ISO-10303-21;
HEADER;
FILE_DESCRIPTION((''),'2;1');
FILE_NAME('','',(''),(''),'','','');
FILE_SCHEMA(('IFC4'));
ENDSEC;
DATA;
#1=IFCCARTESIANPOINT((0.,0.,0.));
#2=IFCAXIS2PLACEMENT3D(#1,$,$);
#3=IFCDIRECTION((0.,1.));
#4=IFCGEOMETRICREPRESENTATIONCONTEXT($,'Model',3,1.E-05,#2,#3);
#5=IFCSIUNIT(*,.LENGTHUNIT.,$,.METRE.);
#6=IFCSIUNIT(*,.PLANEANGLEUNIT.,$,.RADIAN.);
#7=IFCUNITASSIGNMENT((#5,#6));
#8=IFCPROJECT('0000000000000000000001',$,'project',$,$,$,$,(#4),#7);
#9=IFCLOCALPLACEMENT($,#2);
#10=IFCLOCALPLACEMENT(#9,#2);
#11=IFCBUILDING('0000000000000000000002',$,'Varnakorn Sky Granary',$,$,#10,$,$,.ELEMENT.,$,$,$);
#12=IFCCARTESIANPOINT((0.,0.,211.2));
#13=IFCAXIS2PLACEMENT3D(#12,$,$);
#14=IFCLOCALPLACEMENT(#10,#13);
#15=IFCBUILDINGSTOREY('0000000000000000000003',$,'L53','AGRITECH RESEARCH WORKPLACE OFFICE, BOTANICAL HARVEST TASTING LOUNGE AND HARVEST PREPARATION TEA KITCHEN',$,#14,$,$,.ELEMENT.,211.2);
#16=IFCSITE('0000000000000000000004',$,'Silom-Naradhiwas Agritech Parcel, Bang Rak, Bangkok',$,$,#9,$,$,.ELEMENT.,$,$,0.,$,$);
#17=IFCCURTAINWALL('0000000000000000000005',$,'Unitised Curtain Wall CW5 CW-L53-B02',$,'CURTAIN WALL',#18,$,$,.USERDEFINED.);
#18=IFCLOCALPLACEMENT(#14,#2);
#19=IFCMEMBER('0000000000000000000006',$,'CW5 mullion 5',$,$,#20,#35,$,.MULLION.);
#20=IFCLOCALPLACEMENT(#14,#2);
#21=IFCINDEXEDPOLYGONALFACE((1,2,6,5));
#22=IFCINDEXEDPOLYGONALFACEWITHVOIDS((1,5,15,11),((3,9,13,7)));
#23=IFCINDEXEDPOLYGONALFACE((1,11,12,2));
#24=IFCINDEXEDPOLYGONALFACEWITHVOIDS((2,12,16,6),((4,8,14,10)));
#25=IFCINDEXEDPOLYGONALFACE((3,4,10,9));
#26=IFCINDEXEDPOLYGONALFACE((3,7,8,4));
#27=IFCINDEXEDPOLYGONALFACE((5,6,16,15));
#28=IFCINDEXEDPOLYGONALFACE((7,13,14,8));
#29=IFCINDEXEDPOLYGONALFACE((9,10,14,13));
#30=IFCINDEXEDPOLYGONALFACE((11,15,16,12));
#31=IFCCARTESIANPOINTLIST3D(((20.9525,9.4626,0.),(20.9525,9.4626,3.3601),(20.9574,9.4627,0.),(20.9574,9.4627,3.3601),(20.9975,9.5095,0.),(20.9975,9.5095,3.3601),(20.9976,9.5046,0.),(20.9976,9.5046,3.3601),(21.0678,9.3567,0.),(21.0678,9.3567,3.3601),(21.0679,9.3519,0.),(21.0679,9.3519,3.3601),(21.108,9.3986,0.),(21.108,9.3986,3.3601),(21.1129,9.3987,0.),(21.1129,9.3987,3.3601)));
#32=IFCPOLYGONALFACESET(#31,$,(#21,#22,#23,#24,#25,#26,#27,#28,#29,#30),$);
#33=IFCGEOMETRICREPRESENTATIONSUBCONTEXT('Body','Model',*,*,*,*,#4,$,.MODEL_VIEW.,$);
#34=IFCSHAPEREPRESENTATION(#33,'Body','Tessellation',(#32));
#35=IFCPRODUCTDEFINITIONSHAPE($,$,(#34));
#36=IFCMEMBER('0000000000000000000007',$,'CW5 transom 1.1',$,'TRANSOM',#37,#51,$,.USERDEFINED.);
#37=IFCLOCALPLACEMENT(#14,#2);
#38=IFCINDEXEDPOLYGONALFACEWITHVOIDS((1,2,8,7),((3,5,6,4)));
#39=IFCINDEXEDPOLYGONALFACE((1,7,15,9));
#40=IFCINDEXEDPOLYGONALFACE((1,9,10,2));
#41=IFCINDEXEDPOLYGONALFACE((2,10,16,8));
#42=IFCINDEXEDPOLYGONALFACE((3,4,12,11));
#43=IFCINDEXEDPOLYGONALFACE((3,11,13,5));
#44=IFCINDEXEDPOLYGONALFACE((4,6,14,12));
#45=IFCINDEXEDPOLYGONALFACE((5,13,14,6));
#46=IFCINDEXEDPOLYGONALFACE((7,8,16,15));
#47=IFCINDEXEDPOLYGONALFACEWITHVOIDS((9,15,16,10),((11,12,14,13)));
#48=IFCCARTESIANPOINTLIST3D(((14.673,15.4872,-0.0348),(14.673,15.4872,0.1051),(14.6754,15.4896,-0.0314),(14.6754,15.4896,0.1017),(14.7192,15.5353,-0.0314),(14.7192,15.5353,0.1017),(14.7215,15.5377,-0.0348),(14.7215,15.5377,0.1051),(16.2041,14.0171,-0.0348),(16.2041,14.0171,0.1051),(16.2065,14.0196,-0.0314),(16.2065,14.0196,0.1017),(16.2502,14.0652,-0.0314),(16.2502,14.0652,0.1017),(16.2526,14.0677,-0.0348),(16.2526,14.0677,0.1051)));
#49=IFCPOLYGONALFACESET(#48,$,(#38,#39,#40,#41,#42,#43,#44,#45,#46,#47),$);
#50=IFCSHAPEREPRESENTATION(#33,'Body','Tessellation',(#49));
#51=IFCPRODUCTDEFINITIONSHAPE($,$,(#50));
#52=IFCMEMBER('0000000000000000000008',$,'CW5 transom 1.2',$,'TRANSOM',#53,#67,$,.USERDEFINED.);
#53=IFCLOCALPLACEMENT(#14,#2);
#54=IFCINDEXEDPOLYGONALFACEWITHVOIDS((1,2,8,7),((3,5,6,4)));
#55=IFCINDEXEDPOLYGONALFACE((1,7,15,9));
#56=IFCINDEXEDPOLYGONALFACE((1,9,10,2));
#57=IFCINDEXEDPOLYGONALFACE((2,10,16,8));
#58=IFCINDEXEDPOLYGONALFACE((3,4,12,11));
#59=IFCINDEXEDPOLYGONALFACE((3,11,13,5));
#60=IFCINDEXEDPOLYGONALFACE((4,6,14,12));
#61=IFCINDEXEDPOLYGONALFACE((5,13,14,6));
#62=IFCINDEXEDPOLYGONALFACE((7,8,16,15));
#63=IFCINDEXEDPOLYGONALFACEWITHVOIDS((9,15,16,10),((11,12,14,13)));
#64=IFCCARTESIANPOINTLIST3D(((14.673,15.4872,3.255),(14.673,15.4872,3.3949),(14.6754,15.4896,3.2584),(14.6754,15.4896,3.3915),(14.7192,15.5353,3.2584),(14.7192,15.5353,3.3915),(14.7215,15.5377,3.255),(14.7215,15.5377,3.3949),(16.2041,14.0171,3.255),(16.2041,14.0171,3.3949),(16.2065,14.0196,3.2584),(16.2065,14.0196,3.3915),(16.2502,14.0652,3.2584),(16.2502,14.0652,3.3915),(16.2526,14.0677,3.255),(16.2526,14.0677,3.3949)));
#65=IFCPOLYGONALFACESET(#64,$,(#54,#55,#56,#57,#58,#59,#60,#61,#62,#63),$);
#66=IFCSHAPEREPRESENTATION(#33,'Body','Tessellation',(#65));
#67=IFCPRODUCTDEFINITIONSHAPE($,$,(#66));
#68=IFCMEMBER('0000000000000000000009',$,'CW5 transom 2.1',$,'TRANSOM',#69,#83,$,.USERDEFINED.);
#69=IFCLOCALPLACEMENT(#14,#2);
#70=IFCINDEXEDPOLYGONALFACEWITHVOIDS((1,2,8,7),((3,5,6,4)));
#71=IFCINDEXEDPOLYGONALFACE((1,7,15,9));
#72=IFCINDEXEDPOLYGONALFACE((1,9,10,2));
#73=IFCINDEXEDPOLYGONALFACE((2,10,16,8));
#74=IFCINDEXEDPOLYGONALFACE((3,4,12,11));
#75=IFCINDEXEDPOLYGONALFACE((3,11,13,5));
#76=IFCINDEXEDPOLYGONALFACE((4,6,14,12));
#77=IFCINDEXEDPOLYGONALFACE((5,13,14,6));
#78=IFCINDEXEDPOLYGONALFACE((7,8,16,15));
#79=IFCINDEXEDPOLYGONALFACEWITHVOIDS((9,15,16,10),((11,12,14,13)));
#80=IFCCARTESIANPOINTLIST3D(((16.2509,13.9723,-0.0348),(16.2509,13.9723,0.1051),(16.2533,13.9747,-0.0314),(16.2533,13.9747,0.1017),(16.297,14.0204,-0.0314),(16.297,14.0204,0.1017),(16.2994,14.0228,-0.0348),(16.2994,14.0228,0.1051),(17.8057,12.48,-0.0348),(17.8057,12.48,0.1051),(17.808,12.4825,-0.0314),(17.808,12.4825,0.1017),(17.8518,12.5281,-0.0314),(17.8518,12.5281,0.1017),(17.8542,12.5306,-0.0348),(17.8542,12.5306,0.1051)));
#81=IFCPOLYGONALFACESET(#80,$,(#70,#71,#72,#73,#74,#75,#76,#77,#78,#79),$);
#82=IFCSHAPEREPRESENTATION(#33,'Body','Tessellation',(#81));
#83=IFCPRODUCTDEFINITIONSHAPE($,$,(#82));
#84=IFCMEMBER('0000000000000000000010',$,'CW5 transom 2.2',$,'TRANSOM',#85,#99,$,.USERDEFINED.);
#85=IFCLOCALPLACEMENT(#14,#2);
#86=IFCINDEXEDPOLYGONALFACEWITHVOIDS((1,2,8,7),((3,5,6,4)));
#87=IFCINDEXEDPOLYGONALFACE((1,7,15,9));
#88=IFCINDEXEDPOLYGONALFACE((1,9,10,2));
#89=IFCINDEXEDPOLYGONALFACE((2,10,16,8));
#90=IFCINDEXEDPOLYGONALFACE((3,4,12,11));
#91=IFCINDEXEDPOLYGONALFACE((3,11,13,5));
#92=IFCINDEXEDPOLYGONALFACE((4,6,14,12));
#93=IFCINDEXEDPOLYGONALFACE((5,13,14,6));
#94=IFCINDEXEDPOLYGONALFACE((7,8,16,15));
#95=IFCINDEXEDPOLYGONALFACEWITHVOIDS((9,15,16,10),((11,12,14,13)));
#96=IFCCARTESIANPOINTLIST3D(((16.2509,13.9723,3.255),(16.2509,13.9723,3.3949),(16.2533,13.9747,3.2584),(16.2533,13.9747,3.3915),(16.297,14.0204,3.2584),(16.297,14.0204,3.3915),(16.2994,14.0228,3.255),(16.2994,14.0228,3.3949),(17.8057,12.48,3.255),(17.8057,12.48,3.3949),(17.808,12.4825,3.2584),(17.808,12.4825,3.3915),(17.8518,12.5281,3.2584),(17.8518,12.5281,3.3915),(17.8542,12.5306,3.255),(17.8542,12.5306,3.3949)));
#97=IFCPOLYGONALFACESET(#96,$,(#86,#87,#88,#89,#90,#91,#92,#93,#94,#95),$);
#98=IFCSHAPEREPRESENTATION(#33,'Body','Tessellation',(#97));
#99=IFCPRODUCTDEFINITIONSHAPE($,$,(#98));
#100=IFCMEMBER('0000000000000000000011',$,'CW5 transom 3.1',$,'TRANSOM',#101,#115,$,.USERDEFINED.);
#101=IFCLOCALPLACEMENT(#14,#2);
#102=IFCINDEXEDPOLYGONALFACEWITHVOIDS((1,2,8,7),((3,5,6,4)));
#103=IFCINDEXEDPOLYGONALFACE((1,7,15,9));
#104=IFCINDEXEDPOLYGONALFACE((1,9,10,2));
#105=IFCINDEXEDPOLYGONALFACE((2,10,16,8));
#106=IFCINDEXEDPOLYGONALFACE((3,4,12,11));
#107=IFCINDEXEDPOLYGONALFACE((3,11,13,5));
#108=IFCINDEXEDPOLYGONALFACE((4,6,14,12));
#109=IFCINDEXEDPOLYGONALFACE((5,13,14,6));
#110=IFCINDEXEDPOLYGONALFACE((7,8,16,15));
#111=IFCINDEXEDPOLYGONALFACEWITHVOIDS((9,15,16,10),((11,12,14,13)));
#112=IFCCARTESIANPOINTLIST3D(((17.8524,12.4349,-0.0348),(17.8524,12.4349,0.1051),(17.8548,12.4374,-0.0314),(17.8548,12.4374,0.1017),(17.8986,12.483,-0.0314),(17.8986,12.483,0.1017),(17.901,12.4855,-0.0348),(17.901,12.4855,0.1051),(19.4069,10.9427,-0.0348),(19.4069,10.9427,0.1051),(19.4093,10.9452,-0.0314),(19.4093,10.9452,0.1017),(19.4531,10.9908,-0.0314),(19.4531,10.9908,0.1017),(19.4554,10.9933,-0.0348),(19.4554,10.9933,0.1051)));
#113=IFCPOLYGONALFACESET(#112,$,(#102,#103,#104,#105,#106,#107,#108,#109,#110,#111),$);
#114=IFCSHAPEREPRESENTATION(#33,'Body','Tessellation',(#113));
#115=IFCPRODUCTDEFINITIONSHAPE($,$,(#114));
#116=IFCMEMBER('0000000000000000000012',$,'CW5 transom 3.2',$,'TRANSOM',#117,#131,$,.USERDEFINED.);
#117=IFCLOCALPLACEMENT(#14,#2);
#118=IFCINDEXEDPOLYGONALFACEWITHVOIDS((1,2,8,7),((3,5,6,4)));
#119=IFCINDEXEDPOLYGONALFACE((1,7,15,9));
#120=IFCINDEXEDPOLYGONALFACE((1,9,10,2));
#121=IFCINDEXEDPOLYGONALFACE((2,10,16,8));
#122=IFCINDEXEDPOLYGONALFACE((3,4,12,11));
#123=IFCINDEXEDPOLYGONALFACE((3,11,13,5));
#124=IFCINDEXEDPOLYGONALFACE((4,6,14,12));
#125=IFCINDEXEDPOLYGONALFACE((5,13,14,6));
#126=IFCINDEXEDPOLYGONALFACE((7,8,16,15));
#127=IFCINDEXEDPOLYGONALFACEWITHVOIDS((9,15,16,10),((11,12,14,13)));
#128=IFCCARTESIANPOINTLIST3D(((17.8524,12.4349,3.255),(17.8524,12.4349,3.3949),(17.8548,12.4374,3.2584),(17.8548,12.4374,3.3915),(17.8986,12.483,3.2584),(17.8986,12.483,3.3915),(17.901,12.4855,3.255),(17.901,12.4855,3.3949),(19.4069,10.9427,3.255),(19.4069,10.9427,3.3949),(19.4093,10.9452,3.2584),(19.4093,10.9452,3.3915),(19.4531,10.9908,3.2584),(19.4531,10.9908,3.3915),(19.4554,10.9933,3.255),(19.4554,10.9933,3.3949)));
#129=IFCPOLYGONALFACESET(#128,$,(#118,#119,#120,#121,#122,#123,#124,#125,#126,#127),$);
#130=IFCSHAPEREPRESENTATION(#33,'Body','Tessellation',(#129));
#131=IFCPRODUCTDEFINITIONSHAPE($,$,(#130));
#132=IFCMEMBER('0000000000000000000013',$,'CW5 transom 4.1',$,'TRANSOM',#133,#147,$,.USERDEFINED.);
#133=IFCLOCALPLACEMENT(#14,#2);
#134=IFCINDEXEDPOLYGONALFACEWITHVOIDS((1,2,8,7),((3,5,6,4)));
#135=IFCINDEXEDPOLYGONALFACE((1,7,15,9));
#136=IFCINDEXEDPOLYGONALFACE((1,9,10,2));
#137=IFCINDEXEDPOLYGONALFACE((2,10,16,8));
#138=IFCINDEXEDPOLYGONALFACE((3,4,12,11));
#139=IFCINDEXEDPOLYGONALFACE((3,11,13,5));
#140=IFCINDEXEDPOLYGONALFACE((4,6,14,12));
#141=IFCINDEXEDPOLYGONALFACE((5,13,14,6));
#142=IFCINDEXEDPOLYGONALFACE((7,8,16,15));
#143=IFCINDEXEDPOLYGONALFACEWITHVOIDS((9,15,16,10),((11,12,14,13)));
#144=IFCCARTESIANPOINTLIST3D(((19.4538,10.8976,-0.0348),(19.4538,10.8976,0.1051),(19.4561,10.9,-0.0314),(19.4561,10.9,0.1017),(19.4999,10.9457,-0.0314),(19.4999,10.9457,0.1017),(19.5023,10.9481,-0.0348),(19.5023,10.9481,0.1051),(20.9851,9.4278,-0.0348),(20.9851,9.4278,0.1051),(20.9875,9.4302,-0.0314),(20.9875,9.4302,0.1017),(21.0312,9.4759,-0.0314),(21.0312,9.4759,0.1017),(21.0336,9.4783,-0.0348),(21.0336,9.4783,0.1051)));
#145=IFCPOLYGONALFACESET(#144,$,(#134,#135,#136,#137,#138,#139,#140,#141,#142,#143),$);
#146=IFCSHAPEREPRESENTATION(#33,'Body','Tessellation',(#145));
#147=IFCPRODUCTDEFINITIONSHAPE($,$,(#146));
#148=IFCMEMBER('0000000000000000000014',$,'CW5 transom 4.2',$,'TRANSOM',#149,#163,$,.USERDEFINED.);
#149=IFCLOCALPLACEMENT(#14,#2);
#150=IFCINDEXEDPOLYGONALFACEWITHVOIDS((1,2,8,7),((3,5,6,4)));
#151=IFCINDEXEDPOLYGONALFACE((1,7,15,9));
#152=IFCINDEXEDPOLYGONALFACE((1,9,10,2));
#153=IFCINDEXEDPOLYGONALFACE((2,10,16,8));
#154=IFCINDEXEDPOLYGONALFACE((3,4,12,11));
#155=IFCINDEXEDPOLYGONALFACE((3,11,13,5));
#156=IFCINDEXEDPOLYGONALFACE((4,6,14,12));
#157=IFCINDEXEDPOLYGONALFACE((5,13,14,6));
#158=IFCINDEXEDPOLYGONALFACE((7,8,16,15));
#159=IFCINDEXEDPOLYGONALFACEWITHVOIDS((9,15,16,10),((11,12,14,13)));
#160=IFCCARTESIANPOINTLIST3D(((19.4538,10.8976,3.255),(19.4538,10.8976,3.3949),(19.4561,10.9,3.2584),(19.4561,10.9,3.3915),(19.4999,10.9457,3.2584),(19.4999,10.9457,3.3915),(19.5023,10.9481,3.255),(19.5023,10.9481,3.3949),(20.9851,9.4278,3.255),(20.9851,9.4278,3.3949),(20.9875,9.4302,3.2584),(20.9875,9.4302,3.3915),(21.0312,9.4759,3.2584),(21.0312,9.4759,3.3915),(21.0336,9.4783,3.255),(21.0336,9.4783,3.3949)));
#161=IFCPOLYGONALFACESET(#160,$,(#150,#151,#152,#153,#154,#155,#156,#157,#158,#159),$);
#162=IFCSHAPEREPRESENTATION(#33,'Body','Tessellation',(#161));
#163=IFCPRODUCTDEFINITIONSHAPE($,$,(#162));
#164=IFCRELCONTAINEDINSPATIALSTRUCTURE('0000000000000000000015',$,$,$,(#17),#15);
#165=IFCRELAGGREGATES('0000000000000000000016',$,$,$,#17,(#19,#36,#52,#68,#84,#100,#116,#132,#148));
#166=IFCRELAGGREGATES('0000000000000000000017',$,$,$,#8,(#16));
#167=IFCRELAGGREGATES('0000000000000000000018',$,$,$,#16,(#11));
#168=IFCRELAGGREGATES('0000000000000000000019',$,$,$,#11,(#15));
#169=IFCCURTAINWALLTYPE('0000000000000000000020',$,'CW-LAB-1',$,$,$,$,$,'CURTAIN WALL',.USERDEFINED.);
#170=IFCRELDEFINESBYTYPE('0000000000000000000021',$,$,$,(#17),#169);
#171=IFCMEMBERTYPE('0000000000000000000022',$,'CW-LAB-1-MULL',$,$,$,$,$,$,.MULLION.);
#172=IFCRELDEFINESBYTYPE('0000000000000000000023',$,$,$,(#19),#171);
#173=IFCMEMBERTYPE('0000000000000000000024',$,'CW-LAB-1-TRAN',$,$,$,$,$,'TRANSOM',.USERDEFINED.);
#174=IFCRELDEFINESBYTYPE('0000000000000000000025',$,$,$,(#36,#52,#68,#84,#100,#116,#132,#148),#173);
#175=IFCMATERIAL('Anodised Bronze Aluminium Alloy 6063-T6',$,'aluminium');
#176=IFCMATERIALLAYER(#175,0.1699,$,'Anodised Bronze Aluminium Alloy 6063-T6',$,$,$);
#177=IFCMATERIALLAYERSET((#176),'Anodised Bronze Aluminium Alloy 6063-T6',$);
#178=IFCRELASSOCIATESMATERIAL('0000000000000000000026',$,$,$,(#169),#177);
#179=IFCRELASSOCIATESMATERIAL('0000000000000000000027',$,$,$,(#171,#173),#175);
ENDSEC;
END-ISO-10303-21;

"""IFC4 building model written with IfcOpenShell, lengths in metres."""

from ifc_helpers import new_model, si_unit, direction, frame, origin, origin_2d, place, context, subcontext, project, spatial, hollow_rectangle, extrude, material, layer, layer_set, material_profile, profile_set, type_object, element, aggregate, save


model = new_model("IFC4")

# Units and contexts
model_context = context("Model", 3, precision=1e-05, world=origin(), true_north=direction((0.0, 1.0)))
body_context = subcontext(model_context, "Body", "Model", "MODEL_VIEW")
ifc_project = project(units=[si_unit("LENGTHUNIT", "METRE"), si_unit("PLANEANGLEUNIT", "RADIAN")], contexts=[model_context])

# Site, building, storey
site_placement = place(None, origin())
site = spatial("IfcSite", under=ifc_project, at=site_placement, Name="Silom-Naradhiwas Agritech Parcel, Bang Rak, Bangkok", CompositionType="ELEMENT", RefElevation=0.0)
building_placement = place(site_placement, origin())
building = spatial("IfcBuilding", under=site, at=building_placement, Name="Varnakorn Sky Granary", CompositionType="ELEMENT")
storey_placement = place(building_placement, frame((0.0, 0.0, 211.2)))
storey = spatial("IfcBuildingStorey", under=building, at=storey_placement, Name="L53", Description="AGRITECH RESEARCH WORKPLACE OFFICE, BOTANICAL HARVEST TASTING LOUNGE AND HARVEST PREPARATION TEA KITCHEN", CompositionType="ELEMENT", Elevation=211.2)

# Curtain wall, members
ifc_material_1 = material(Name="Anodised Bronze Aluminium Alloy 6063-T6", Category="aluminium")
ifc_layer_1 = layer(ifc_material_1, 0.1699, Name="Anodised Bronze Aluminium Alloy 6063-T6")
ifc_layer_set_1 = layer_set([ifc_layer_1], Name="Anodised Bronze Aluminium Alloy 6063-T6")
curtain_wall_type = type_object("IfcCurtainWallType", Name="CW-LAB-1", ElementType="CURTAIN WALL", PredefinedType="USERDEFINED", material=ifc_layer_set_1)
curtain_wall_placement = place(storey_placement, origin())
curtain_wall = element("IfcCurtainWall", 1, at=curtain_wall_placement, inside=storey, type_object=curtain_wall_type, Name="Unitised Curtain Wall CW5 CW-L53-B02", ObjectType="CURTAIN WALL", PredefinedType="USERDEFINED")
ifc_material_profile_1 = material_profile(ifc_material_1, hollow_rectangle(XDim=0.0649, YDim=0.1599, WallThickness=0.0034, at=origin_2d()), Name="ALU MULL 65x160")
ifc_profile_set_1 = profile_set([ifc_material_profile_1], Name="Anodised Bronze Aluminium Alloy 6063-T6")
member_type_1 = type_object("IfcMemberType", Name="CW-LAB-1-MULL", PredefinedType="MULLION", material=ifc_profile_set_1)
member_1_placement = place(storey_placement, frame((21.0327, 9.4307, 0.0), z_axis=(0.0, 0.0, 1.0), x_axis=(0.692516, 0.721402, 0.0)))
member_1 = element("IfcMember", 2, at=member_1_placement, type_object=member_type_1, Name="CW5 mullion 5", PredefinedType="MULLION", context=body_context, shape_type="SweptSolid", body=[
    extrude(hollow_rectangle(XDim=0.0649, YDim=0.1599, WallThickness=0.0034, at=origin_2d()), origin(), (0.0, 0.0, 1.0), 3.3601),
])
ifc_material_profile_2 = material_profile(ifc_material_1, hollow_rectangle(XDim=0.0701, YDim=0.1399, WallThickness=0.0034, at=origin_2d()), Name="ALU TRAN 70x140")
ifc_profile_set_2 = profile_set([ifc_material_profile_2], Name="Anodised Bronze Aluminium Alloy 6063-T6")
member_type_2 = type_object("IfcMemberType", Name="CW-LAB-1-TRAN", ElementType="TRANSOM", PredefinedType="USERDEFINED", material=ifc_profile_set_2)
member_2_placement = place(storey_placement, frame((14.6973, 15.5125, 0.0352), z_axis=(0.721339, -0.692582, 0.0), x_axis=(0.692582, 0.721339, 0.0)))
member_2 = element("IfcMember", 3, at=member_2_placement, type_object=member_type_2, Name="CW5 transom 1.1", ObjectType="TRANSOM", PredefinedType="USERDEFINED", context=body_context, shape_type="SweptSolid", body=[
    extrude(hollow_rectangle(XDim=0.0701, YDim=0.1399, WallThickness=0.0034, at=origin_2d()), origin(), (0.0, 0.0, 1.0), 2.1226),
])
member_3_placement = place(storey_placement, frame((14.6973, 15.5125, 3.325), z_axis=(0.721339, -0.692582, 0.0), x_axis=(0.692582, 0.721339, 0.0)))
member_3 = element("IfcMember", 4, at=member_3_placement, type_object=member_type_2, Name="CW5 transom 1.2", ObjectType="TRANSOM", PredefinedType="USERDEFINED", context=body_context, shape_type="SweptSolid", body=[
    extrude(hollow_rectangle(XDim=0.0701, YDim=0.1399, WallThickness=0.0034, at=origin_2d()), origin(), (0.0, 0.0, 1.0), 2.1226),
])
member_4_placement = place(storey_placement, frame((16.2751, 13.9976, 0.0352), z_axis=(0.72146, -0.692456, 0.0), x_axis=(0.692456, 0.72146, 0.0)))
member_4 = element("IfcMember", 5, at=member_4_placement, type_object=member_type_2, Name="CW5 transom 2.1", ObjectType="TRANSOM", PredefinedType="USERDEFINED", context=body_context, shape_type="SweptSolid", body=[
    extrude(hollow_rectangle(XDim=0.0701, YDim=0.1399, WallThickness=0.0034, at=origin_2d()), origin(), (0.0, 0.0, 1.0), 2.155),
])
member_5_placement = place(storey_placement, frame((16.2751, 13.9976, 3.325), z_axis=(0.72146, -0.692456, 0.0), x_axis=(0.692456, 0.72146, 0.0)))
member_5 = element("IfcMember", 6, at=member_5_placement, type_object=member_type_2, Name="CW5 transom 2.2", ObjectType="TRANSOM", PredefinedType="USERDEFINED", context=body_context, shape_type="SweptSolid", body=[
    extrude(hollow_rectangle(XDim=0.0701, YDim=0.1399, WallThickness=0.0034, at=origin_2d()), origin(), (0.0, 0.0, 1.0), 2.155),
])
member_6_placement = place(storey_placement, frame((17.8767, 12.4602, 0.0352), z_axis=(0.721405, -0.692513, 0.0), x_axis=(0.692513, 0.721405, 0.0)))
member_6 = element("IfcMember", 7, at=member_6_placement, type_object=member_type_2, Name="CW5 transom 3.1", ObjectType="TRANSOM", PredefinedType="USERDEFINED", context=body_context, shape_type="SweptSolid", body=[
    extrude(hollow_rectangle(XDim=0.0701, YDim=0.1399, WallThickness=0.0034, at=origin_2d()), origin(), (0.0, 0.0, 1.0), 2.1548),
])
member_7_placement = place(storey_placement, frame((17.8767, 12.4602, 3.325), z_axis=(0.721405, -0.692513, 0.0), x_axis=(0.692513, 0.721405, 0.0)))
member_7 = element("IfcMember", 8, at=member_7_placement, type_object=member_type_2, Name="CW5 transom 3.2", ObjectType="TRANSOM", PredefinedType="USERDEFINED", context=body_context, shape_type="SweptSolid", body=[
    extrude(hollow_rectangle(XDim=0.0701, YDim=0.1399, WallThickness=0.0034, at=origin_2d()), origin(), (0.0, 0.0, 1.0), 2.1548),
])
member_8_placement = place(storey_placement, frame((19.478, 10.9229, 0.0352), z_axis=(0.721452, -0.692465, 0.0), x_axis=(0.692465, 0.721452, 0.0)))
member_8 = element("IfcMember", 9, at=member_8_placement, type_object=member_type_2, Name="CW5 transom 4.1", ObjectType="TRANSOM", PredefinedType="USERDEFINED", context=body_context, shape_type="SweptSolid", body=[
    extrude(hollow_rectangle(XDim=0.0701, YDim=0.1399, WallThickness=0.0034, at=origin_2d()), origin(), (0.0, 0.0, 1.0), 2.1226),
])
member_9_placement = place(storey_placement, frame((19.478, 10.9229, 3.325), z_axis=(0.721452, -0.692465, 0.0), x_axis=(0.692465, 0.721452, 0.0)))
member_9 = element("IfcMember", 10, at=member_9_placement, type_object=member_type_2, Name="CW5 transom 4.2", ObjectType="TRANSOM", PredefinedType="USERDEFINED", context=body_context, shape_type="SweptSolid", body=[
    extrude(hollow_rectangle(XDim=0.0701, YDim=0.1399, WallThickness=0.0034, at=origin_2d()), origin(), (0.0, 0.0, 1.0), 2.1226),
])

aggregate(curtain_wall, [member_1, member_2, member_3, member_4, member_5, member_6, member_7, member_8, member_9])

save(model, "model.ifc")
